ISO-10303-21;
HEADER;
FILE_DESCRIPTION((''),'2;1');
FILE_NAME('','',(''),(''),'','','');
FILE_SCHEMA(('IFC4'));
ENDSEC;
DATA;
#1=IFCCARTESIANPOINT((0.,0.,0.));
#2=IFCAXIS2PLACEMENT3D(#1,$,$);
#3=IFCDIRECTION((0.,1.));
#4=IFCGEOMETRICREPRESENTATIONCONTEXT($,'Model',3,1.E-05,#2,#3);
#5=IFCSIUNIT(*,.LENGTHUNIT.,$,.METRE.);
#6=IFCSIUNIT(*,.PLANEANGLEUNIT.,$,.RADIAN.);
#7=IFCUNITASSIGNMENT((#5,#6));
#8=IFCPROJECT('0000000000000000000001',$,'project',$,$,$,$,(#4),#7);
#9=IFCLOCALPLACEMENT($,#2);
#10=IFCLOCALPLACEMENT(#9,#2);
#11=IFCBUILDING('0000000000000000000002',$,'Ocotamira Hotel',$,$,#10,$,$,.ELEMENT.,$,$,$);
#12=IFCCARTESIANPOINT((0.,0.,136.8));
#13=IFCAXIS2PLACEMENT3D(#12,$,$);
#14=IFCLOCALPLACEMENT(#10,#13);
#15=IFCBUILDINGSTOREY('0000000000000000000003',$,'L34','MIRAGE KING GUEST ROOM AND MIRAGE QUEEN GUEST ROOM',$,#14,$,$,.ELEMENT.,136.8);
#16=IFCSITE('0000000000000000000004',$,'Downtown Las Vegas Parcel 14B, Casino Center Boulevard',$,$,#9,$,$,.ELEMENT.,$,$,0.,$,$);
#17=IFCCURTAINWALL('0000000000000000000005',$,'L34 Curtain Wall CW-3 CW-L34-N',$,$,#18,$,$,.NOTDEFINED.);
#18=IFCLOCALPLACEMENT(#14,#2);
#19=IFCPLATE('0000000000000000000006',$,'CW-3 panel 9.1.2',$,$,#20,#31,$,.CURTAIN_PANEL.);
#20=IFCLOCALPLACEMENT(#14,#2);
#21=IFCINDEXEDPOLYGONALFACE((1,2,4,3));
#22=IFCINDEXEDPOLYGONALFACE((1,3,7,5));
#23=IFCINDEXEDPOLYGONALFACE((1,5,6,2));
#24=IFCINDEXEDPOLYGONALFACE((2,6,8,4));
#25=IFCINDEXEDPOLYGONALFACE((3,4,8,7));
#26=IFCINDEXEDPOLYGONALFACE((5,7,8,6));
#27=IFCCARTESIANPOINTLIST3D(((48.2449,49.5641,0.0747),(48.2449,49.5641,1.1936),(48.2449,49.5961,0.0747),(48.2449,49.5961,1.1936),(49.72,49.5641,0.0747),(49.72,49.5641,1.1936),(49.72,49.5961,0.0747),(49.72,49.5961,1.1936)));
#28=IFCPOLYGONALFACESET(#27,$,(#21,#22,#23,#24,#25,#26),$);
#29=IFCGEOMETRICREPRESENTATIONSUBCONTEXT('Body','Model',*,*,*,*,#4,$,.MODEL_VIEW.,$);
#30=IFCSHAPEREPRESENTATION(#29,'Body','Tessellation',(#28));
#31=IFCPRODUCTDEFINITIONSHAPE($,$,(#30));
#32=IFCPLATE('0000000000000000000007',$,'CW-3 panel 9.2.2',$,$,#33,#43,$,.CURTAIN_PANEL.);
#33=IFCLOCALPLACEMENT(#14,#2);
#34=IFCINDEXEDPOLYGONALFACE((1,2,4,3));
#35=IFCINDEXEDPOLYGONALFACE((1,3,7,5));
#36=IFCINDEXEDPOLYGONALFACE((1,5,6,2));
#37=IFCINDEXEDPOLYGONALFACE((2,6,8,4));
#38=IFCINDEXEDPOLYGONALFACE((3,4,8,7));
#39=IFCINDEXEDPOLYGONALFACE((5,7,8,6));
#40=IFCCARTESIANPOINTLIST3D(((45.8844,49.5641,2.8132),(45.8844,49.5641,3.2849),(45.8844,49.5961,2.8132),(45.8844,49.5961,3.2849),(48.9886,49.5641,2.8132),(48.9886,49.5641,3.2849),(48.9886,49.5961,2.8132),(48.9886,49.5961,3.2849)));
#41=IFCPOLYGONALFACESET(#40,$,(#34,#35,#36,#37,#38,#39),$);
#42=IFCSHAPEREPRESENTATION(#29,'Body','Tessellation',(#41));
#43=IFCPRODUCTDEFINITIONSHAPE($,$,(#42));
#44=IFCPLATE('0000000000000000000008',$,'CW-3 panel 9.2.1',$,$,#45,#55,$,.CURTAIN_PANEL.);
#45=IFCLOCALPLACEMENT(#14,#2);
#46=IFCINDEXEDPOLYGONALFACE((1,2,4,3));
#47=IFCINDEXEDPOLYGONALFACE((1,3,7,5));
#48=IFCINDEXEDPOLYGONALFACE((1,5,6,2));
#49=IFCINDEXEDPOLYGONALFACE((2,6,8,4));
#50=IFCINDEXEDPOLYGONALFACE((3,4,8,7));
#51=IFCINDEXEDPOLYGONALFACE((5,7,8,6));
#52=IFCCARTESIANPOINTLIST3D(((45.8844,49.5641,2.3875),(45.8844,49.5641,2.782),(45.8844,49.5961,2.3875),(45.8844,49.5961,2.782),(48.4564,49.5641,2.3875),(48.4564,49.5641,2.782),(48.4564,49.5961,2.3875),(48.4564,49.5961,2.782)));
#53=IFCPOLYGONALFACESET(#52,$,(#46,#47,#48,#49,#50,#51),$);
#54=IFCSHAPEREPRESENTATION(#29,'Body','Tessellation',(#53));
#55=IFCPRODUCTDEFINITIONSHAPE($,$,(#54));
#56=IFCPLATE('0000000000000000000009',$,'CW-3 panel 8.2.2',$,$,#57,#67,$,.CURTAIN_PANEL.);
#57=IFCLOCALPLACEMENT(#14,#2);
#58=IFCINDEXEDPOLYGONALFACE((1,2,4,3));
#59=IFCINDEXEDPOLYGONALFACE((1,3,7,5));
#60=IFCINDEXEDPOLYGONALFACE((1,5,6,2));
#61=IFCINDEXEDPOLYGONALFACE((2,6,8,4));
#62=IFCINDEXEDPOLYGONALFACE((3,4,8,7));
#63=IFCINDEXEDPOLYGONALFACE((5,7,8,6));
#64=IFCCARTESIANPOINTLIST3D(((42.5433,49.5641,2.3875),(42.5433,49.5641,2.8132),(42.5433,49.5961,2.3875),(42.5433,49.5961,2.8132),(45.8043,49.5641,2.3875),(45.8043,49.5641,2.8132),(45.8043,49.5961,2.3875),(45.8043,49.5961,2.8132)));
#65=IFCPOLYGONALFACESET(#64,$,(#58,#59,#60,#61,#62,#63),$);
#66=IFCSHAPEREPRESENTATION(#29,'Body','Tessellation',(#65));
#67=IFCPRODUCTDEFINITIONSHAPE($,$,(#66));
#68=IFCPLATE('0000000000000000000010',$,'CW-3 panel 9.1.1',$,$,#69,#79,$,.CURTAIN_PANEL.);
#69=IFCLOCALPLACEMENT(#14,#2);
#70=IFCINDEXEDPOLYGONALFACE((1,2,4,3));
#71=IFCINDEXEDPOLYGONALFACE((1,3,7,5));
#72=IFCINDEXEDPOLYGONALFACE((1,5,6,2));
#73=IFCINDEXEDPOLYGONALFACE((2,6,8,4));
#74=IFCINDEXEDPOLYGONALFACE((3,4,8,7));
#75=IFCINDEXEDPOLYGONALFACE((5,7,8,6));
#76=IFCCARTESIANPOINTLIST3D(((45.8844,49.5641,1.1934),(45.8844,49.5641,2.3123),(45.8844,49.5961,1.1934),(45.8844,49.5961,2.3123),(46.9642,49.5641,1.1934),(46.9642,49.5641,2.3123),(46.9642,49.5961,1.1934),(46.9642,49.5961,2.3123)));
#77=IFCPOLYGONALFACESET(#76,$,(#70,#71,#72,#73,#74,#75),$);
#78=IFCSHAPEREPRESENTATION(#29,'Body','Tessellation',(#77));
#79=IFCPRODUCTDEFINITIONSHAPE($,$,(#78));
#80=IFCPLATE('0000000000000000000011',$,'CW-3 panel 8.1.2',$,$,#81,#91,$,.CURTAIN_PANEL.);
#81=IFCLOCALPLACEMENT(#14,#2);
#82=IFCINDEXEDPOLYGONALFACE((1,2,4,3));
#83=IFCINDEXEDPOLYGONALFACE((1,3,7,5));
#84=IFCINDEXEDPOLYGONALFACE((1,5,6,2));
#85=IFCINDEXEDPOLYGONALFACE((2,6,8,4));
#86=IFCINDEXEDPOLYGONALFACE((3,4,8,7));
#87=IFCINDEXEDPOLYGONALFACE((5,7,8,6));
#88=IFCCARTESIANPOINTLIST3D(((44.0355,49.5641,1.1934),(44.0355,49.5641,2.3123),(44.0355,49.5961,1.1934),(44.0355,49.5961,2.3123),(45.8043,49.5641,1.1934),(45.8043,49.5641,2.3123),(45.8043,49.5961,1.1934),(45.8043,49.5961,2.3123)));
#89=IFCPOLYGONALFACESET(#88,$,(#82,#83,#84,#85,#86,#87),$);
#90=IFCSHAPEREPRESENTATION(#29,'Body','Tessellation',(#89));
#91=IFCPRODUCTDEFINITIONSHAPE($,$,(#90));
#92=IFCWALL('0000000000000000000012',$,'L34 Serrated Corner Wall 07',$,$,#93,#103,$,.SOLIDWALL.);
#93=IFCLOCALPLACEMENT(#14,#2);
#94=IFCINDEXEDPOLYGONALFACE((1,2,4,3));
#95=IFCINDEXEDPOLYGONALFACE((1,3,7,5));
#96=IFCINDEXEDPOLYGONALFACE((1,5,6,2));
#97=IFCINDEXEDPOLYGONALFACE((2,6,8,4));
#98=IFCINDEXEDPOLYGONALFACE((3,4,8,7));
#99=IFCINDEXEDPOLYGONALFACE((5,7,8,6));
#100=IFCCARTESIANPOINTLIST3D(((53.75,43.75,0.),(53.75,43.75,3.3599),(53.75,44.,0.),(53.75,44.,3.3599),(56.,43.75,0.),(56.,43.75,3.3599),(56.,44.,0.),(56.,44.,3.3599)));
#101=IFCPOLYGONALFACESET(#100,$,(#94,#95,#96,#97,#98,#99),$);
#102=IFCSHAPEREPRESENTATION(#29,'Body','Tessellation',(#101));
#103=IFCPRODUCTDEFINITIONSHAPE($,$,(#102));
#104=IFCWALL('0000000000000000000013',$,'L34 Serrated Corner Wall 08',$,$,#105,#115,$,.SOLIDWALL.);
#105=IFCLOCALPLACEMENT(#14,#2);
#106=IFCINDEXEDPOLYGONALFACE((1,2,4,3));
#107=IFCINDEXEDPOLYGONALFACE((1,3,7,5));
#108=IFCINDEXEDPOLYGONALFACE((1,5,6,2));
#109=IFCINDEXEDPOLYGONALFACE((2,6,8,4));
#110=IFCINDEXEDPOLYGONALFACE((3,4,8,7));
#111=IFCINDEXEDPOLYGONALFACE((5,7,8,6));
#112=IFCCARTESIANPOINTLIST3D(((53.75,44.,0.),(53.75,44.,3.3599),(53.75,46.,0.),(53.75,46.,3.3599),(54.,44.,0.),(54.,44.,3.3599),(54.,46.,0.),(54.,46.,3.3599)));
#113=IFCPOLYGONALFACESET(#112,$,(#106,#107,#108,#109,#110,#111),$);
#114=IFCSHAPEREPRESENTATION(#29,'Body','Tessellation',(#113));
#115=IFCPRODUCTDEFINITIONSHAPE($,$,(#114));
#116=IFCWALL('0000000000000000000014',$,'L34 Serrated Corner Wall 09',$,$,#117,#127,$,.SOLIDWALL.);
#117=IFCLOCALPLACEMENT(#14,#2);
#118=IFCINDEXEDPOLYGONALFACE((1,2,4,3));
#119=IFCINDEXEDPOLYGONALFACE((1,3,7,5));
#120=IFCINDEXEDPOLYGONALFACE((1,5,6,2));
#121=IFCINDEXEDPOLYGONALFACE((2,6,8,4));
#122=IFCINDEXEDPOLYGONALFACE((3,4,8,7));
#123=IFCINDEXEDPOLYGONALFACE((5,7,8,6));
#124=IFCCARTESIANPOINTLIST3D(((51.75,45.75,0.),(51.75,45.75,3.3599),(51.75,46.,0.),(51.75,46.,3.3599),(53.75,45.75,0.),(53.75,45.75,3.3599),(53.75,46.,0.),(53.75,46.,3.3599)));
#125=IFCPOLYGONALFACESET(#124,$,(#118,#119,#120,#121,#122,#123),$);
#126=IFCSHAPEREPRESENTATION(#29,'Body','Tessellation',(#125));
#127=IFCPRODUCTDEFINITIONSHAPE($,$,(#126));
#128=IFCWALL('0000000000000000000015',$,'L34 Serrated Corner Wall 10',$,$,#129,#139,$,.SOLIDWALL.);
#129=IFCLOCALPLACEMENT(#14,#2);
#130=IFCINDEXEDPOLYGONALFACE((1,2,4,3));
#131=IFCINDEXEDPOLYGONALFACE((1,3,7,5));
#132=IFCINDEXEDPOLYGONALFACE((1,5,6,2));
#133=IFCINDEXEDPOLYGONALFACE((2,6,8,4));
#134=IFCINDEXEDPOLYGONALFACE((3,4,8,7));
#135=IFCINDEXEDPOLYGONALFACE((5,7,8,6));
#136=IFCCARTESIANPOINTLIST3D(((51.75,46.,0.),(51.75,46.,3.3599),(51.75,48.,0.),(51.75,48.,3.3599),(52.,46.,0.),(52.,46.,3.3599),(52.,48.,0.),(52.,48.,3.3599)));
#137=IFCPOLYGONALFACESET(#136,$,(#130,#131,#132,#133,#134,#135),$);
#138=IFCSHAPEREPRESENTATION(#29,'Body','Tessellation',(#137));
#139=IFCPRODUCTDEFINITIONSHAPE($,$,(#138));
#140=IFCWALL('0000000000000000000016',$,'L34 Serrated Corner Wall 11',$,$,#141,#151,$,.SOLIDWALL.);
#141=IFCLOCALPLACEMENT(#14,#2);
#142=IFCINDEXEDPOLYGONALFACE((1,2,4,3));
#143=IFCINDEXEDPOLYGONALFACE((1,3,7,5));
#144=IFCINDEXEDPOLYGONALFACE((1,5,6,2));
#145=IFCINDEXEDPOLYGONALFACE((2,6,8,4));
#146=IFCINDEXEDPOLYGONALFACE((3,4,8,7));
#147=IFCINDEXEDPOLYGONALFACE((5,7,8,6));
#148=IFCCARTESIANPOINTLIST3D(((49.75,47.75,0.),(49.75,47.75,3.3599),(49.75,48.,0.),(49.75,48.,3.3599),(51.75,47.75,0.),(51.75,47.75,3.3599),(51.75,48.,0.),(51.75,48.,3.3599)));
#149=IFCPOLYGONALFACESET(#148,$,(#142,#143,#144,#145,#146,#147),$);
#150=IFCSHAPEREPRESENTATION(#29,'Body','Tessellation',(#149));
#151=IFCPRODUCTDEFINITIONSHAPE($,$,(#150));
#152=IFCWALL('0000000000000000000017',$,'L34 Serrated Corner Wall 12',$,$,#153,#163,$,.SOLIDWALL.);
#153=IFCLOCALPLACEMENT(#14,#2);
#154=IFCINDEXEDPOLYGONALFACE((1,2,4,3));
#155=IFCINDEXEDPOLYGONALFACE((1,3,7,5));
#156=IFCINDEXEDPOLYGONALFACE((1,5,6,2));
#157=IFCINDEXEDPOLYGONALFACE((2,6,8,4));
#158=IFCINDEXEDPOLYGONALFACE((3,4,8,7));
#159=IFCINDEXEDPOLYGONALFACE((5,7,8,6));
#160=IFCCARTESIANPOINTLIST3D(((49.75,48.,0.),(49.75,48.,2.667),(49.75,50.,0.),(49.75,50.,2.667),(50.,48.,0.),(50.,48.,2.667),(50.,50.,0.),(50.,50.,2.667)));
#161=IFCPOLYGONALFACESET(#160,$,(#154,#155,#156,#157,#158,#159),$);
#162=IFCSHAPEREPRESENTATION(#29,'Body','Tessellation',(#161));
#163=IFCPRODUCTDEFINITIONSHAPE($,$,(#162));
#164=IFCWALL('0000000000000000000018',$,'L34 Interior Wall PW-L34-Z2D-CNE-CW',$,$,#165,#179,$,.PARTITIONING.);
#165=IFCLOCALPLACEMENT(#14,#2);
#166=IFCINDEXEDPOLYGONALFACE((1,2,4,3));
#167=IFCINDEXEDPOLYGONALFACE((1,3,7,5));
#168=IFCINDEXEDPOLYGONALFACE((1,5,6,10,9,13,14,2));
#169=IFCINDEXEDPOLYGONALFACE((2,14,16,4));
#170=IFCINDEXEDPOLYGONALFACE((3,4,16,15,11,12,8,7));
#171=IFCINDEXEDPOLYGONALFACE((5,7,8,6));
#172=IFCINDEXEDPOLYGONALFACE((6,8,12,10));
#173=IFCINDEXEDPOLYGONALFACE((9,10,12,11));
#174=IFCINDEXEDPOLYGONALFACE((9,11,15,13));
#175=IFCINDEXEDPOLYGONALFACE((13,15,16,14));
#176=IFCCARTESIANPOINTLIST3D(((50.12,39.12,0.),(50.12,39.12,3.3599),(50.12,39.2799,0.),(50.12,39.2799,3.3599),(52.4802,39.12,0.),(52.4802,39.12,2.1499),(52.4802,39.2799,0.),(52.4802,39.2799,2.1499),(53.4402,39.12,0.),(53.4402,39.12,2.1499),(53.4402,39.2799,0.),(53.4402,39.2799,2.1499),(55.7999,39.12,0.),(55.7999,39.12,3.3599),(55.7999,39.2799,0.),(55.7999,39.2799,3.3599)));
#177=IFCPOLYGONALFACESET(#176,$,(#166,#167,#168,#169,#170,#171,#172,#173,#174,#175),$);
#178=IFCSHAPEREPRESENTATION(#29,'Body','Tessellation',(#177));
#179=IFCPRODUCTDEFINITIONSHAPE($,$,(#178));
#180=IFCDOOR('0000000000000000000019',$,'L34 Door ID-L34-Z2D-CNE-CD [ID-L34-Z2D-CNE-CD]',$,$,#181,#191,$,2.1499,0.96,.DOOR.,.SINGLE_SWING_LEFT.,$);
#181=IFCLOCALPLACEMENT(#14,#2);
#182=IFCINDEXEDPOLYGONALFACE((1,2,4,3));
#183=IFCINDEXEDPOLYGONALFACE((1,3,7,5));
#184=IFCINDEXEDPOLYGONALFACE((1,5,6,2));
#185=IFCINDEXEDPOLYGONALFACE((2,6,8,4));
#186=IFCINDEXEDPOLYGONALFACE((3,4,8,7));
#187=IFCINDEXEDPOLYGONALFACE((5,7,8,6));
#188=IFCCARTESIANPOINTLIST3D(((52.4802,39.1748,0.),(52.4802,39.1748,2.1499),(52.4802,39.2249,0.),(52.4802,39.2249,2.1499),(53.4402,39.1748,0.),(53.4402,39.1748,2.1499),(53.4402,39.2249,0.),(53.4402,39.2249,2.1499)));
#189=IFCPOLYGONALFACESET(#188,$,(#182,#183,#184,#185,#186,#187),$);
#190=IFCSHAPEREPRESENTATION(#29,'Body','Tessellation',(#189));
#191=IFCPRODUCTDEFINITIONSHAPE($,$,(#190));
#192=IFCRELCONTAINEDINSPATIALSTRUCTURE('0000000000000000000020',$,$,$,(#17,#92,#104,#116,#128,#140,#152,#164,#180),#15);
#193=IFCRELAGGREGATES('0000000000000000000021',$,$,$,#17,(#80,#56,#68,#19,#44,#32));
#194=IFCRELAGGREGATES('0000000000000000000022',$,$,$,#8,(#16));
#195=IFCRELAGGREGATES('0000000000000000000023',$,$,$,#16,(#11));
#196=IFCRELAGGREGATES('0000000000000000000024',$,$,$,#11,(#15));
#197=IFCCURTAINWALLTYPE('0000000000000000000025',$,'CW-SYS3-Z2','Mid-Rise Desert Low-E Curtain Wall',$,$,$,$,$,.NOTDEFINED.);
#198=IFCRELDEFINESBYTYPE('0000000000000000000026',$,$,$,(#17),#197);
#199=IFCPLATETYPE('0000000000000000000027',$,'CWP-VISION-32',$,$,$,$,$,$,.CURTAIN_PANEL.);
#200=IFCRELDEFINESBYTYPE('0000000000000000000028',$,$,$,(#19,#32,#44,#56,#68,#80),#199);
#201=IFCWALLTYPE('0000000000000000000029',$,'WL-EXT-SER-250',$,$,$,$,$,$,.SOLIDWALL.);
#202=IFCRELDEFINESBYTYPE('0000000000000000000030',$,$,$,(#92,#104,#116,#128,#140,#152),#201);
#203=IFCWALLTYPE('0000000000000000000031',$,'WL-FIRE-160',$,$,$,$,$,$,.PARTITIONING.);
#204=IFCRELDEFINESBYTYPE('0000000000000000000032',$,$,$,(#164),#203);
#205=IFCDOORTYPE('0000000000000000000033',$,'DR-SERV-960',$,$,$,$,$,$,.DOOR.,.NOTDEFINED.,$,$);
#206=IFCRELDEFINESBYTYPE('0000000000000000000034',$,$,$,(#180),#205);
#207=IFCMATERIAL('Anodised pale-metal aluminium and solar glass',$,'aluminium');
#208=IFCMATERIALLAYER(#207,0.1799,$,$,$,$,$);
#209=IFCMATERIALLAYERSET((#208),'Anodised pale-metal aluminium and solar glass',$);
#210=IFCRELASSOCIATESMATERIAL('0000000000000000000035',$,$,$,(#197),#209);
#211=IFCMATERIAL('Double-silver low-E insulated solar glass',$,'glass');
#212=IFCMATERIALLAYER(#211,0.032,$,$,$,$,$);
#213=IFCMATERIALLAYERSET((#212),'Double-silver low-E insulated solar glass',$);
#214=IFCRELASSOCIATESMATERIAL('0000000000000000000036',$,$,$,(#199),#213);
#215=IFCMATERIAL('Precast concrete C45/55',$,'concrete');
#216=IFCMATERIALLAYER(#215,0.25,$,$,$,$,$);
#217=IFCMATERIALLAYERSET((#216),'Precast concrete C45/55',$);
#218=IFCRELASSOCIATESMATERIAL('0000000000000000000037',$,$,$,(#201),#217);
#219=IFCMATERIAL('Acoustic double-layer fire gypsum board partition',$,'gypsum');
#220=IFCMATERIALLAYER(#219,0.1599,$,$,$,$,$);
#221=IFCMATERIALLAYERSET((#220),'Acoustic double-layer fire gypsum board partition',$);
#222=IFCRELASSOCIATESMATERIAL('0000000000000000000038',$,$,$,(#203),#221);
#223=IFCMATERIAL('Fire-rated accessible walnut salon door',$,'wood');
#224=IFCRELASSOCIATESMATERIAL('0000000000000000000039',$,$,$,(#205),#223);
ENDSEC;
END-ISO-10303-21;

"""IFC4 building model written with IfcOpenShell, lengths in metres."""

from ifc_helpers import new_model, si_unit, direction, frame, frame_2d, origin, origin_2d, place, context, subcontext, project, spatial, rectangle, extrude, source, transform, mapped, material, layer, layer_set, type_object, element, fill, aggregate, save


model = new_model("IFC4")

# Units and contexts
model_context = context("Model", 3, precision=1e-05, world=origin(), true_north=direction((0.0, 1.0)))
body_context = subcontext(model_context, "Body", "Model", "MODEL_VIEW")
ifc_project = project(units=[si_unit("LENGTHUNIT", "METRE"), si_unit("PLANEANGLEUNIT", "RADIAN")], contexts=[model_context])

# Site, building, storey
site_placement = place(None, origin())
site = spatial("IfcSite", under=ifc_project, at=site_placement, Name="Downtown Las Vegas Parcel 14B, Casino Center Boulevard", CompositionType="ELEMENT", RefElevation=0.0)
building_placement = place(site_placement, origin())
building = spatial("IfcBuilding", under=site, at=building_placement, Name="Ocotamira Hotel", CompositionType="ELEMENT")
storey_placement = place(building_placement, frame((0.0, 0.0, 136.8)))
storey = spatial("IfcBuildingStorey", under=building, at=storey_placement, Name="L34", Description="MIRAGE KING GUEST ROOM AND MIRAGE QUEEN GUEST ROOM", CompositionType="ELEMENT", Elevation=136.8)

# Curtain wall
ifc_material_1 = material(Name="Anodised pale-metal aluminium and solar glass", Category="aluminium")
ifc_layer_1 = layer(ifc_material_1, 0.1799)
ifc_layer_set_1 = layer_set([ifc_layer_1], Name="Anodised pale-metal aluminium and solar glass")
curtain_wall_type = type_object("IfcCurtainWallType", Name="CW-SYS3-Z2", Description="Mid-Rise Desert Low-E Curtain Wall", PredefinedType="NOTDEFINED", material=ifc_layer_set_1)
curtain_wall_1_placement = place(storey_placement, origin())
curtain_wall_1 = element("IfcCurtainWall", 1, at=curtain_wall_1_placement, inside=storey, type_object=curtain_wall_type, Name="L34 Curtain Wall CW-3 CW-L34-N", PredefinedType="NOTDEFINED")

# Plates
ifc_material_2 = material(Name="Double-silver low-E insulated solar glass", Category="glass")
ifc_layer_2 = layer(ifc_material_2, 0.032)
ifc_layer_set_2 = layer_set([ifc_layer_2], Name="Double-silver low-E insulated solar glass")
plate_type_1 = type_object("IfcPlateType", Name="CWP-VISION-32", PredefinedType="CURTAIN_PANEL", material=ifc_layer_set_2)
shared_shape_1 = source(origin(), body_context, "Body", "SweptSolid", [
    extrude(rectangle(XDim=1.4751, YDim=0.032, at=origin_2d()), origin(), (0.0, 0.0, 1.0), 1.1189),
])
plate_1_placement = place(storey_placement, frame((48.9824, 49.5801, 0.0747), z_axis=(0.0, 0.0, 1.0), x_axis=(1.0, 0.0, 0.0)))
plate_1 = element("IfcPlate", 2, at=plate_1_placement, type_object=plate_type_1, Name="CW-3 panel 9.1.2", PredefinedType="CURTAIN_PANEL", context=body_context, shape_type="MappedRepresentation", body=[
    mapped(shared_shape_1, transform((0.0, 0.0, 0.0), scale=1.0)),
])
shared_shape_2 = source(origin(), body_context, "Body", "SweptSolid", [
    extrude(rectangle(XDim=3.1042, YDim=0.032, at=origin_2d()), origin(), (0.0, 0.0, 1.0), 0.4717),
])
plate_2_placement = place(storey_placement, frame((47.4365, 49.5801, 2.8132), z_axis=(0.0, 0.0, 1.0), x_axis=(1.0, 0.0, 0.0)))
plate_2 = element("IfcPlate", 3, at=plate_2_placement, type_object=plate_type_1, Name="CW-3 panel 9.2.2", PredefinedType="CURTAIN_PANEL", context=body_context, shape_type="MappedRepresentation", body=[
    mapped(shared_shape_2, transform((0.0, 0.0, 0.0), scale=1.0)),
])
shared_shape_3 = source(origin(), body_context, "Body", "SweptSolid", [
    extrude(rectangle(XDim=2.572, YDim=0.032, at=origin_2d()), origin(), (0.0, 0.0, 1.0), 0.3945),
])
plate_3_placement = place(storey_placement, frame((47.1704, 49.5801, 2.3875), z_axis=(0.0, 0.0, 1.0), x_axis=(1.0, 0.0, 0.0)))
plate_3 = element("IfcPlate", 4, at=plate_3_placement, type_object=plate_type_1, Name="CW-3 panel 9.2.1", PredefinedType="CURTAIN_PANEL", context=body_context, shape_type="MappedRepresentation", body=[
    mapped(shared_shape_3, transform((0.0, 0.0, 0.0), scale=1.0)),
])
shared_shape_4 = source(origin(), body_context, "Body", "SweptSolid", [
    extrude(rectangle(XDim=3.261, YDim=0.032, at=origin_2d()), origin(), (0.0, 0.0, 1.0), 0.4258),
])
plate_4_placement = place(storey_placement, frame((44.1738, 49.5801, 2.3875), z_axis=(0.0, 0.0, 1.0), x_axis=(1.0, 0.0, 0.0)))
plate_4 = element("IfcPlate", 5, at=plate_4_placement, type_object=plate_type_1, Name="CW-3 panel 8.2.2", PredefinedType="CURTAIN_PANEL", context=body_context, shape_type="MappedRepresentation", body=[
    mapped(shared_shape_4, transform((0.0, 0.0, 0.0), scale=1.0)),
])
shared_shape_5 = source(origin(), body_context, "Body", "SweptSolid", [
    extrude(rectangle(XDim=1.0798, YDim=0.032, at=origin_2d()), origin(), (0.0, 0.0, 1.0), 1.1189),
])
plate_5_placement = place(storey_placement, frame((46.4243, 49.5801, 1.1934), z_axis=(0.0, 0.0, 1.0), x_axis=(1.0, 0.0, 0.0)))
plate_5 = element("IfcPlate", 6, at=plate_5_placement, type_object=plate_type_1, Name="CW-3 panel 9.1.1", PredefinedType="CURTAIN_PANEL", context=body_context, shape_type="MappedRepresentation", body=[
    mapped(shared_shape_5, transform((0.0, 0.0, 0.0), scale=1.0)),
])
shared_shape_6 = source(origin(), body_context, "Body", "SweptSolid", [
    extrude(rectangle(XDim=1.7688, YDim=0.032, at=origin_2d()), origin(), (0.0, 0.0, 1.0), 1.1189),
])
plate_6_placement = place(storey_placement, frame((44.9199, 49.5801, 1.1934), z_axis=(0.0, 0.0, 1.0), x_axis=(1.0, 0.0, 0.0)))
plate_6 = element("IfcPlate", 7, at=plate_6_placement, type_object=plate_type_1, Name="CW-3 panel 8.1.2", PredefinedType="CURTAIN_PANEL", context=body_context, shape_type="MappedRepresentation", body=[
    mapped(shared_shape_6, transform((0.0, 0.0, 0.0), scale=1.0)),
])
aggregate(curtain_wall_1, [plate_6, plate_4, plate_5, plate_1, plate_3, plate_2])

# Walls
ifc_material_3 = material(Name="Precast concrete C45/55", Category="concrete")
ifc_layer_3 = layer(ifc_material_3, 0.25)
ifc_layer_set_3 = layer_set([ifc_layer_3], Name="Precast concrete C45/55")
wall_type_1 = type_object("IfcWallType", Name="WL-EXT-SER-250", PredefinedType="SOLIDWALL", material=ifc_layer_set_3)
wall_1_placement = place(storey_placement, frame((56.0, 43.875, 0.0), z_axis=(0.0, 0.0, 1.0), x_axis=(-1.0, 0.0, 0.0)))
element("IfcWall", 8, at=wall_1_placement, inside=storey, type_object=wall_type_1, Name="L34 Serrated Corner Wall 07", PredefinedType="SOLIDWALL", context=body_context, shape_type="SweptSolid", body=[
    extrude(rectangle(XDim=2.25, YDim=0.25, at=frame_2d((1.125, 0.0))), origin(), (0.0, 0.0, 1.0), 3.3599),
])
for number, where, z_axis, x_axis, name in (
    (9, (53.875, 44.0, 0.0), (0.0, 0.0, 1.0), (0.0, 1.0, 0.0), "L34 Serrated Corner Wall 08"),
    (10, (53.75, 45.875, 0.0), (0.0, 0.0, 1.0), (-1.0, 0.0, 0.0), "L34 Serrated Corner Wall 09"),
    (11, (51.875, 46.0, 0.0), (0.0, 0.0, 1.0), (0.0, 1.0, 0.0), "L34 Serrated Corner Wall 10"),
    (12, (51.75, 47.875, 0.0), (0.0, 0.0, 1.0), (-1.0, 0.0, 0.0), "L34 Serrated Corner Wall 11"),
):
    element("IfcWall", number, at=place(storey_placement, frame(where, z_axis=z_axis, x_axis=x_axis)), inside=storey, type_object=wall_type_1, Name=name, PredefinedType="SOLIDWALL", context=body_context, shape_type="SweptSolid", body=[
        extrude(rectangle(XDim=2.0, YDim=0.25, at=frame_2d((1.0, 0.0))), origin(), (0.0, 0.0, 1.0), 3.3599),
    ])
wall_2_placement = place(storey_placement, frame((49.875, 48.0, 0.0), z_axis=(0.0, 0.0, 1.0), x_axis=(0.0, 1.0, 0.0)))
element("IfcWall", 13, at=wall_2_placement, inside=storey, type_object=wall_type_1, Name="L34 Serrated Corner Wall 12", PredefinedType="SOLIDWALL", context=body_context, shape_type="SweptSolid", body=[
    extrude(rectangle(XDim=2.0, YDim=0.25, at=frame_2d((1.0, 0.0))), origin(), (0.0, 0.0, 1.0), 2.667),
])

# Wall, opening, door
ifc_material_4 = material(Name="Acoustic double-layer fire gypsum board partition", Category="gypsum")
ifc_layer_4 = layer(ifc_material_4, 0.1599)
ifc_layer_set_4 = layer_set([ifc_layer_4], Name="Acoustic double-layer fire gypsum board partition")
wall_type_2 = type_object("IfcWallType", Name="WL-FIRE-160", PredefinedType="PARTITIONING", material=ifc_layer_set_4)
wall_3_placement = place(storey_placement, frame((50.1201, 39.2, 0.0), z_axis=(0.0, 0.0, 1.0), x_axis=(1.0, 0.0, 0.0)))
wall_3 = element("IfcWall", 14, at=wall_3_placement, inside=storey, type_object=wall_type_2, Name="L34 Interior Wall PW-L34-Z2D-CNE-CW", PredefinedType="PARTITIONING", context=body_context, shape_type="SweptSolid", body=[
    extrude(rectangle(XDim=5.6799, YDim=0.1599, at=frame_2d((2.8398, 0.0))), origin(), (0.0, 0.0, 1.0), 3.3599),
])
opening_1_placement = place(wall_3_placement, frame((2.3601, 0.0, 0.0)))
opening_1 = element("IfcOpeningElement", 15, at=opening_1_placement, cuts=wall_3, PredefinedType="OPENING", context=body_context, shape_type="SweptSolid", body=[
    extrude(rectangle(XDim=0.96, YDim=2.1499, at=frame_2d((0.48, 1.075))), frame((0.0, 0.0898, 0.0), z_axis=(0.0, -1.0, 0.0), x_axis=(1.0, 0.0, 0.0)), (0.0, 0.0, 1.0), 0.1799),
])
ifc_material_5 = material(Name="Fire-rated accessible walnut salon door", Category="wood")
door_type_1 = type_object("IfcDoorType", Name="DR-SERV-960", OperationType="NOTDEFINED", PredefinedType="DOOR", material=ifc_material_5)
shared_shape_7 = source(origin(), body_context, "Body", "SweptSolid", [
    extrude(rectangle(XDim=0.96, YDim=2.1499, at=frame_2d((0.48, 1.075))), frame((0.0, 0.0249, 0.0), z_axis=(0.0, -1.0, 0.0), x_axis=(1.0, 0.0, 0.0)), (0.0, 0.0, 1.0), 0.05),
])
door_1_placement = place(opening_1_placement, origin())
door_1 = element("IfcDoor", 16, at=door_1_placement, inside=storey, type_object=door_type_1, Name="L34 Door ID-L34-Z2D-CNE-CD [ID-L34-Z2D-CNE-CD]", OperationType="SINGLE_SWING_LEFT", OverallHeight=2.1499, OverallWidth=0.96, PredefinedType="DOOR", context=body_context, shape_type="MappedRepresentation", body=[
    mapped(shared_shape_7, transform((0.0, 0.0, 0.0), scale=1.0)),
])
fill(opening_1, door_1)

save(model, "model.ifc")
